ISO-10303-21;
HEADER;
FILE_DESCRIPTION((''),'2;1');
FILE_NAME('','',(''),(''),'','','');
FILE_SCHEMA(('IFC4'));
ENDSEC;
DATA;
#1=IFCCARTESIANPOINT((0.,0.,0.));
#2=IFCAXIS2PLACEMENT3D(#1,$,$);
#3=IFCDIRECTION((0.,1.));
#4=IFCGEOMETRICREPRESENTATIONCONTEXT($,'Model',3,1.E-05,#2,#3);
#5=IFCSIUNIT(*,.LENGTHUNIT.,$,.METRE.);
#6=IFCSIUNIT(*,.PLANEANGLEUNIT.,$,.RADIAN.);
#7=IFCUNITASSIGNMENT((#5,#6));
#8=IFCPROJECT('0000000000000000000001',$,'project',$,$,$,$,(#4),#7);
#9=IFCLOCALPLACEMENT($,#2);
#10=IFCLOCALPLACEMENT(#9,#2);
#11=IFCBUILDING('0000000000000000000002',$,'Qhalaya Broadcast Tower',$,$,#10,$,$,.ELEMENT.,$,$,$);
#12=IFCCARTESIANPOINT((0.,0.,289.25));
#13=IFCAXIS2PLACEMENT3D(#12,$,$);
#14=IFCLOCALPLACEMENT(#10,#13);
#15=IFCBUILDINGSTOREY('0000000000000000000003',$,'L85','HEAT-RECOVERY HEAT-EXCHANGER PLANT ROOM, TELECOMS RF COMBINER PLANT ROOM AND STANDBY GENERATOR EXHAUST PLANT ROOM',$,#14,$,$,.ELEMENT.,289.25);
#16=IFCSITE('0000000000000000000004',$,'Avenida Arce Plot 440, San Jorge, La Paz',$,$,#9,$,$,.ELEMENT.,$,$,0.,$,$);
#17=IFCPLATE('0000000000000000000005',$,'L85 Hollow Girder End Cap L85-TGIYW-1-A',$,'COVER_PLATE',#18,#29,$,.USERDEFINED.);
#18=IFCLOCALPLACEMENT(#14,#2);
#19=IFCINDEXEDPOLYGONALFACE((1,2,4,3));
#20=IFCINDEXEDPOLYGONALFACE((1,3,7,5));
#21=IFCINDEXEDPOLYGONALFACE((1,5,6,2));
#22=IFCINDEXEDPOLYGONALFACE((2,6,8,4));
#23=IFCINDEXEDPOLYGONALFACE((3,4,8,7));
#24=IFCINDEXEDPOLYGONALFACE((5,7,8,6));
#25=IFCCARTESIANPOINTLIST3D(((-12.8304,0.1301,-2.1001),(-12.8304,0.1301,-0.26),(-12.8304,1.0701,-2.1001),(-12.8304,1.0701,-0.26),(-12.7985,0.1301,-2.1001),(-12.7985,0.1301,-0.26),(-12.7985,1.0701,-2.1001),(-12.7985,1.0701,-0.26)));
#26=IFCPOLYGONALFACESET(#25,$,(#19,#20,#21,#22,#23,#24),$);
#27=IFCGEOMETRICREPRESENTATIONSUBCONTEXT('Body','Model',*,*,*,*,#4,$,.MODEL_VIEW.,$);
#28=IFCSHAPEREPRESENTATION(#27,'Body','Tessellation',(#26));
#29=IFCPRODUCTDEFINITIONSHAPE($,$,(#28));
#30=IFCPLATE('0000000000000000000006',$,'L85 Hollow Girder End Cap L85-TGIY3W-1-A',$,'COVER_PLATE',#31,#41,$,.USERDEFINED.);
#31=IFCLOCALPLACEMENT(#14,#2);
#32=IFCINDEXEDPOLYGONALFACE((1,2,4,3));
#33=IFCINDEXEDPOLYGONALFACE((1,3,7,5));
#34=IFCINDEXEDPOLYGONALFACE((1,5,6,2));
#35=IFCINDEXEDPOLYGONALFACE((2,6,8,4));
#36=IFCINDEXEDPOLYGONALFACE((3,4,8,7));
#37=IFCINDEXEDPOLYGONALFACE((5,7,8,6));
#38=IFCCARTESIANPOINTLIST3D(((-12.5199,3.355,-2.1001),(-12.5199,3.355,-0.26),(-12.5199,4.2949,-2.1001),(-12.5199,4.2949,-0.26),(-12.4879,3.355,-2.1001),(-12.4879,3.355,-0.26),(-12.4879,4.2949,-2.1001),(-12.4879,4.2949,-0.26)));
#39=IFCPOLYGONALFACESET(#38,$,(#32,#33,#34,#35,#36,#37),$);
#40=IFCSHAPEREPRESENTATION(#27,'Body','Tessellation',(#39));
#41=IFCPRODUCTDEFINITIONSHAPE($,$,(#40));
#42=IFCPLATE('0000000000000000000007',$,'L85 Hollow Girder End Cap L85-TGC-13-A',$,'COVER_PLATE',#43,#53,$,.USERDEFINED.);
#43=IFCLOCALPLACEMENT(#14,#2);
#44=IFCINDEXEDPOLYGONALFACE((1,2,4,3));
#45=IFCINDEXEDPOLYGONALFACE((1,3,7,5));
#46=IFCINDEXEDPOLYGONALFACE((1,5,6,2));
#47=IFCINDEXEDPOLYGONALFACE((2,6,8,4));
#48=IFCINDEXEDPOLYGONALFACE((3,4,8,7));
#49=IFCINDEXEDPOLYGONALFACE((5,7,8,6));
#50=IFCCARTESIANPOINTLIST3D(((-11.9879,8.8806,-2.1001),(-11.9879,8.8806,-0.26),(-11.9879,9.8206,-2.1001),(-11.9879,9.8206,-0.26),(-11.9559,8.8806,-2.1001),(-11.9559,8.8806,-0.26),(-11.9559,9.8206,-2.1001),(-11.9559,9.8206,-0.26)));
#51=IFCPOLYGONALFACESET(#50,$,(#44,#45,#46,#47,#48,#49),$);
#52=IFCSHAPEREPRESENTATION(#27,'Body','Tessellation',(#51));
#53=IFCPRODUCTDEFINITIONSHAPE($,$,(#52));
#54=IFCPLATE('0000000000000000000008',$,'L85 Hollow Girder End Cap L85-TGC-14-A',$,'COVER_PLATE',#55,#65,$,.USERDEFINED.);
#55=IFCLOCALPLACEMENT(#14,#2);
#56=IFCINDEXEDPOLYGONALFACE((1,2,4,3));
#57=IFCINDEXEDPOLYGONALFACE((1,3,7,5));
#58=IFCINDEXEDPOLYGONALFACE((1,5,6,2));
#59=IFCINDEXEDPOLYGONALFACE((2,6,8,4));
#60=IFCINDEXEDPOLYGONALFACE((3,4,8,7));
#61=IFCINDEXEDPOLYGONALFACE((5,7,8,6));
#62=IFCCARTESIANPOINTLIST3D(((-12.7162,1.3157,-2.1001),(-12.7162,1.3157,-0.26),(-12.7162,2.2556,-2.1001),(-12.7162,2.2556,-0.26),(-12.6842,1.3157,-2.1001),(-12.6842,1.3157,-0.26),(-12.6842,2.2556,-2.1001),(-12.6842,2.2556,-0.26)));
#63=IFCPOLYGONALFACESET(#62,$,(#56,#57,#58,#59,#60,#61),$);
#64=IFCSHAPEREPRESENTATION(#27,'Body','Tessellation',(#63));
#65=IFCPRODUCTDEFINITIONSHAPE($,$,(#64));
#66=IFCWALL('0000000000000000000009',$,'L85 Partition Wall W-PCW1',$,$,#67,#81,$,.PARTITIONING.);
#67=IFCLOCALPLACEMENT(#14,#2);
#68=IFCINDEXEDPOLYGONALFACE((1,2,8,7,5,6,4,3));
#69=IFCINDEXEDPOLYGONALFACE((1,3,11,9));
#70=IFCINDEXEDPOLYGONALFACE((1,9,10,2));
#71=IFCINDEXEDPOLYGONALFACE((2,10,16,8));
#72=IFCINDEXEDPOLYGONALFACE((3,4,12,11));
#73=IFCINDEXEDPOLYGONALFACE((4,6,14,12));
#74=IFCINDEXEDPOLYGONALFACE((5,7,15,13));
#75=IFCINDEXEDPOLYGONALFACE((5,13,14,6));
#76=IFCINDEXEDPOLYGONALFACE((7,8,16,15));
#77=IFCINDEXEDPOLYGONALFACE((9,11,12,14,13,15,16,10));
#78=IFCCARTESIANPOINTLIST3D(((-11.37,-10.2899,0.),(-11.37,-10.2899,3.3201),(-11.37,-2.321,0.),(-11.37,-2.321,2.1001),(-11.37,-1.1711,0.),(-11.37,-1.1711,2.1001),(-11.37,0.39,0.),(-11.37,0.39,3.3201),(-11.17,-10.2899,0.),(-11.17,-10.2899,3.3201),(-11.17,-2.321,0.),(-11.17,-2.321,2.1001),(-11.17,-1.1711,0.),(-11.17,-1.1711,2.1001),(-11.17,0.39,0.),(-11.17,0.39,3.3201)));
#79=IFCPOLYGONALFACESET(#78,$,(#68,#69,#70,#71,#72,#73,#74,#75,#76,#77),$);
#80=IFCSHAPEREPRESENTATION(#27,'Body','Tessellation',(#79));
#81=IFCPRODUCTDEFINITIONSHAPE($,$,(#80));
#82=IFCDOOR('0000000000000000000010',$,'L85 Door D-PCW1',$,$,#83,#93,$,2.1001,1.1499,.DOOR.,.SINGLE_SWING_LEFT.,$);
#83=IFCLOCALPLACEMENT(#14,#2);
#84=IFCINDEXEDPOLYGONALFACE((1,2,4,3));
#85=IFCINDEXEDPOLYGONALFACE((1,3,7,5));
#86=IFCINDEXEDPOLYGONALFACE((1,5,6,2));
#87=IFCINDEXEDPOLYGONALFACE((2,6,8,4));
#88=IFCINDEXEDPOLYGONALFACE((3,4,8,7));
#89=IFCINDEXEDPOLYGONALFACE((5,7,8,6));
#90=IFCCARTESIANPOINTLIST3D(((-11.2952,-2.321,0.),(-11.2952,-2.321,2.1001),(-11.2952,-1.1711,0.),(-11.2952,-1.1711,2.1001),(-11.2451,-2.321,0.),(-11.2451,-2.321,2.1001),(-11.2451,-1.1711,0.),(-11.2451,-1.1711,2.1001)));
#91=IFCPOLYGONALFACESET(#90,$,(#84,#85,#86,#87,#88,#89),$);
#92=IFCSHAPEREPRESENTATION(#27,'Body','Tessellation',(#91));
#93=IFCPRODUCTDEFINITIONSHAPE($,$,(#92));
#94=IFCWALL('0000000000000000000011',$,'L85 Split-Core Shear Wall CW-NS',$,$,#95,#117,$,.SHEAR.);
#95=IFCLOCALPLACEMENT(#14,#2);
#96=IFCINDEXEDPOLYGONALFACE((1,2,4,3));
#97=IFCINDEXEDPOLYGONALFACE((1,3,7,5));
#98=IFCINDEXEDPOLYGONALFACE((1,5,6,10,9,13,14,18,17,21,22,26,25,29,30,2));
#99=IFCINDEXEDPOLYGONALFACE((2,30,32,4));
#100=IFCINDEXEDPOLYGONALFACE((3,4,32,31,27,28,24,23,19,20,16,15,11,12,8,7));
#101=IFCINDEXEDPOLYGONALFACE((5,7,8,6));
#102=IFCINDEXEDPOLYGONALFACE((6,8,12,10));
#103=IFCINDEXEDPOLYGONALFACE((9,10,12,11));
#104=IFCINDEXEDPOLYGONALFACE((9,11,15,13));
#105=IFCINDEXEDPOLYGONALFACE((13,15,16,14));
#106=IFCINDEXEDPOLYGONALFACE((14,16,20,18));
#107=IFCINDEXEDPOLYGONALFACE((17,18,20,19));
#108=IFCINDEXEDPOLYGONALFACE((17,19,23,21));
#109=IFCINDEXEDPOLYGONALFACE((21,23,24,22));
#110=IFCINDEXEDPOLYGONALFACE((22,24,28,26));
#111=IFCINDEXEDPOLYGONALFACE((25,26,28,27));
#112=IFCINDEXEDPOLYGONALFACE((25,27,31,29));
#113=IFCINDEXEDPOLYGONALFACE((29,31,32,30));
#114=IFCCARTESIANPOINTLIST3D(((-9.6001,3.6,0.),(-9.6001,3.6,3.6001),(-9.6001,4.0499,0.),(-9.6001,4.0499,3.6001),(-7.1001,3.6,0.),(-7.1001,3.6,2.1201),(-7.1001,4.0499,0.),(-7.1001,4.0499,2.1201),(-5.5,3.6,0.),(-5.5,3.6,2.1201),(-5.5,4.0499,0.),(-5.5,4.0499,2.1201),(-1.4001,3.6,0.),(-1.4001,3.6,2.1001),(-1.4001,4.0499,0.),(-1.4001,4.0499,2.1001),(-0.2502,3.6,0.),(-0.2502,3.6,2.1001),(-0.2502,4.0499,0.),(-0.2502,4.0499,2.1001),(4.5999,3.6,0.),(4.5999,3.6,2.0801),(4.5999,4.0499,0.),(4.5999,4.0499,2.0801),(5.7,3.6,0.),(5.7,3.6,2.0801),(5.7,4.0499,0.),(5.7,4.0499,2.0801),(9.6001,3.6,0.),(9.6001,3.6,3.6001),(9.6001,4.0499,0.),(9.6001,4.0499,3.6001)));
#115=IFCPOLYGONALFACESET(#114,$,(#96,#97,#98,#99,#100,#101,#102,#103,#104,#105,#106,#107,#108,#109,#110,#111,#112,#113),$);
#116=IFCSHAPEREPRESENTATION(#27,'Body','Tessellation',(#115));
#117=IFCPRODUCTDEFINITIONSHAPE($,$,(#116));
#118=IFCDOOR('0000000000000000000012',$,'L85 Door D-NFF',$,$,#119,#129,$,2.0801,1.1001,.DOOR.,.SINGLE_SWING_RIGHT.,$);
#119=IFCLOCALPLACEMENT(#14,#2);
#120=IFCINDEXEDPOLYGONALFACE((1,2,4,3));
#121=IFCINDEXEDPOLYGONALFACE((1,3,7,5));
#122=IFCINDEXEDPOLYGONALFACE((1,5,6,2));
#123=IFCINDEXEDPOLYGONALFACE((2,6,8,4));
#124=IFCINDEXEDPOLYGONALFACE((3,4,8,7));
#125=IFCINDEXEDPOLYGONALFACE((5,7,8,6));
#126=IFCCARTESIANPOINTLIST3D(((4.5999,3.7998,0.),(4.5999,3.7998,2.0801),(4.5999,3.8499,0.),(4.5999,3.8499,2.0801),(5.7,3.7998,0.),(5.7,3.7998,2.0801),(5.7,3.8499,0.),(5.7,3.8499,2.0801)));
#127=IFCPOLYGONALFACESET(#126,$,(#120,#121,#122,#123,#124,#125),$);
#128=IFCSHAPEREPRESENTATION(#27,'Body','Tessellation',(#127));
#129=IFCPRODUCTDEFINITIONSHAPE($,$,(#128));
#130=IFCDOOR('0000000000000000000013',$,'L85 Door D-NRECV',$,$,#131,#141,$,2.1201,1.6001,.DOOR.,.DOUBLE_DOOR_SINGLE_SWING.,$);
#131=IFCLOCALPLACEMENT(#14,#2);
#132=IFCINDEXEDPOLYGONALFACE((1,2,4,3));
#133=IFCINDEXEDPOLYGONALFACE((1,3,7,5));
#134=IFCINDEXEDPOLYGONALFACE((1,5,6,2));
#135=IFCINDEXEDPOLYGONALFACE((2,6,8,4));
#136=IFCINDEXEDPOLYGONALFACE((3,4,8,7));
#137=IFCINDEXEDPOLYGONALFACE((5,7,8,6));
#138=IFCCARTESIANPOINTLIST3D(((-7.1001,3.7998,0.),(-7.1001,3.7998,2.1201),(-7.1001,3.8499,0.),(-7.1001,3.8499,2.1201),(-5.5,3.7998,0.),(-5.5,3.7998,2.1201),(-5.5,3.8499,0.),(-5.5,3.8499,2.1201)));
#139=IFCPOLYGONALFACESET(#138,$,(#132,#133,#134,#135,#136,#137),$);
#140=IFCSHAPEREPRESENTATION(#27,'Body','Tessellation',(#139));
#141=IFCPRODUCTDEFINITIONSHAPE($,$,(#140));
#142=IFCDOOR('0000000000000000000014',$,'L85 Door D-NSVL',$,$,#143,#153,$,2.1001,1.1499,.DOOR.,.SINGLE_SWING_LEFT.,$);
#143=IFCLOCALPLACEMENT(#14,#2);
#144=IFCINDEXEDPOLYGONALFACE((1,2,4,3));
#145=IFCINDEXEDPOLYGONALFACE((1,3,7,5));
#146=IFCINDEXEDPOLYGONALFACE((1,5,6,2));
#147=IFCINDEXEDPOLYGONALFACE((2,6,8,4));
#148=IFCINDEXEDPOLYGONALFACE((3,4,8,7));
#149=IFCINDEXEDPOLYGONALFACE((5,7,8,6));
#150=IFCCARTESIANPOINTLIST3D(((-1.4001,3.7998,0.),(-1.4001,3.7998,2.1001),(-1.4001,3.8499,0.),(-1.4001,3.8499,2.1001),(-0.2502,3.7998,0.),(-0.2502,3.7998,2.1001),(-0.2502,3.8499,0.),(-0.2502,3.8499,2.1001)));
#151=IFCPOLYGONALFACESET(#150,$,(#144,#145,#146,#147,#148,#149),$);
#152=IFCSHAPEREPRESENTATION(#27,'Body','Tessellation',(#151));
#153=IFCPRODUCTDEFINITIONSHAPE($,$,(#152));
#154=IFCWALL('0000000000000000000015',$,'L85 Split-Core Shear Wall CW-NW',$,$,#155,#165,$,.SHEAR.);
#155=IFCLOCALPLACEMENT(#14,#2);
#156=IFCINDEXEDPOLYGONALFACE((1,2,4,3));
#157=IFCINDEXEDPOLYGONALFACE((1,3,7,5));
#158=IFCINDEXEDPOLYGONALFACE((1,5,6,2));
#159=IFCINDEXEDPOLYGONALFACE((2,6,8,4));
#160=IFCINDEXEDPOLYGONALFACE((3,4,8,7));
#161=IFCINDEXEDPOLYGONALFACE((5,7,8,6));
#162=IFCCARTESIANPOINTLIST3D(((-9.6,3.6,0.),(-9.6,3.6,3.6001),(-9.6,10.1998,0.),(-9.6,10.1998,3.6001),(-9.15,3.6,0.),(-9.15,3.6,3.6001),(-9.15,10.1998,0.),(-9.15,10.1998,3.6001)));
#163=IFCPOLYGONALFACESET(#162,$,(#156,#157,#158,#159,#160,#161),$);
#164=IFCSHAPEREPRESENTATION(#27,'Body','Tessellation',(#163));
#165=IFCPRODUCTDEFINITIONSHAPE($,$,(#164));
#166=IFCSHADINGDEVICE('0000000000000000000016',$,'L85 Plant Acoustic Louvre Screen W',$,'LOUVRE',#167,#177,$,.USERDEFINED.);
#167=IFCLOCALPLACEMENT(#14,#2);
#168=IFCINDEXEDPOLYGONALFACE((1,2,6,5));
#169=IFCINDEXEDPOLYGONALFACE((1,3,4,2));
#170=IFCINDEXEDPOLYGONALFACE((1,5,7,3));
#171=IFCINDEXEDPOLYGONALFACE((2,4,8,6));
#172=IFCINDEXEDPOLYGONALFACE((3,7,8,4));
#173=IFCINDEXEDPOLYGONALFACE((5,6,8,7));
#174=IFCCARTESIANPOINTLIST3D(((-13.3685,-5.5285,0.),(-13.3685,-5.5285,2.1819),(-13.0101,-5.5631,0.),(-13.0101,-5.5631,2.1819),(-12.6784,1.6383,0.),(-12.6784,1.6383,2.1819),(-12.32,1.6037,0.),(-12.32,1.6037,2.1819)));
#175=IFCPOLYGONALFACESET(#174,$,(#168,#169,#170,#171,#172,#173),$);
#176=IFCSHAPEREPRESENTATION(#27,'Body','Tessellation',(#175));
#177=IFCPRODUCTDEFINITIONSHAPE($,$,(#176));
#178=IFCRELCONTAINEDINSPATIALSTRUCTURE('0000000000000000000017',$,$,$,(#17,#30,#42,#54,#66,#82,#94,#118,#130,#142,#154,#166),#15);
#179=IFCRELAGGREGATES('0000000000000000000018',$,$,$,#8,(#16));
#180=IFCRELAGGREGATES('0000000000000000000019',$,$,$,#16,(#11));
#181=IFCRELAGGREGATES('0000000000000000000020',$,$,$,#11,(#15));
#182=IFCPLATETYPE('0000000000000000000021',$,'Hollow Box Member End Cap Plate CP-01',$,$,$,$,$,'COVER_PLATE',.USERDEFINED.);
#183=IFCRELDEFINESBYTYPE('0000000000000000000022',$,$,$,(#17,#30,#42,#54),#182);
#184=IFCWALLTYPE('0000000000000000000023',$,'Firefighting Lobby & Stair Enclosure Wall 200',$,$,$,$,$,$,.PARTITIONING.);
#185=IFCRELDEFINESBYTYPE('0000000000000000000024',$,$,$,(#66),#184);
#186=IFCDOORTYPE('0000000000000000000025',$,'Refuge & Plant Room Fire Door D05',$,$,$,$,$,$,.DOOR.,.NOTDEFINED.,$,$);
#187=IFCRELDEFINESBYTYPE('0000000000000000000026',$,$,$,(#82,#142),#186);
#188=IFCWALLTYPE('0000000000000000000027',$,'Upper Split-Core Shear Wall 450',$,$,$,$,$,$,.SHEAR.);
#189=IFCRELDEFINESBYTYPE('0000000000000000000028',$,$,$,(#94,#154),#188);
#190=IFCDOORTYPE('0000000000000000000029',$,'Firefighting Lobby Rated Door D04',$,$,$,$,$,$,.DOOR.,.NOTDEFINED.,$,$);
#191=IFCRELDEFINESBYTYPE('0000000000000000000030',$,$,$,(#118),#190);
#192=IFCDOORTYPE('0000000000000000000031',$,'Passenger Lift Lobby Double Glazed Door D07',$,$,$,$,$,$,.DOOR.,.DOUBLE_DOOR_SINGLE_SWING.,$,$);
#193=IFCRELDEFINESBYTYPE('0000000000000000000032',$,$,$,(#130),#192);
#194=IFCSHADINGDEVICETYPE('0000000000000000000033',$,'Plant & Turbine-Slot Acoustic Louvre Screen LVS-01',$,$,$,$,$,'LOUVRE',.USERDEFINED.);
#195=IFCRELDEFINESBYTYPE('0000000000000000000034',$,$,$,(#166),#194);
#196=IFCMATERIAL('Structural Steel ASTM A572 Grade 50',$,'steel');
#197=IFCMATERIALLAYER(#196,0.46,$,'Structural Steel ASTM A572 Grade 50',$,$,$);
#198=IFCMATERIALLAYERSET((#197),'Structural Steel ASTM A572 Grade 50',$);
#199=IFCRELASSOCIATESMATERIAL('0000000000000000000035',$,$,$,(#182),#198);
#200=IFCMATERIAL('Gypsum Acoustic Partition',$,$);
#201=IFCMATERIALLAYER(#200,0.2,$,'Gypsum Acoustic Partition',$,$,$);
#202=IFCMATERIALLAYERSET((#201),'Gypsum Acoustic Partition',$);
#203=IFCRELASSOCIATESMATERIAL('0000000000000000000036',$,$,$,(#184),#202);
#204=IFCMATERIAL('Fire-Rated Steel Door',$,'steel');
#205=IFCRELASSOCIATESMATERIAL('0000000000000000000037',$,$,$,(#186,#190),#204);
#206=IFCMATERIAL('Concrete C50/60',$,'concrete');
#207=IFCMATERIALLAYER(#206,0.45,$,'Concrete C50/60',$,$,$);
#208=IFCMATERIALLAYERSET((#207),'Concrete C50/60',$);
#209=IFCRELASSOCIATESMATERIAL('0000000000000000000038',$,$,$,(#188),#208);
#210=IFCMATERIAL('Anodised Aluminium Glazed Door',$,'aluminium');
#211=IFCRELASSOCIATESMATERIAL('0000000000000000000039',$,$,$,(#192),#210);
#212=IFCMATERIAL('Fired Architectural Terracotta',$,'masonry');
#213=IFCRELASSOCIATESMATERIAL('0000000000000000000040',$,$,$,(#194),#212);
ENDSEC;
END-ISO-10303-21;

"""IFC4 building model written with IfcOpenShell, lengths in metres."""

from ifc_helpers import new_model, si_unit, direction, frame, frame_2d, origin, origin_2d, place, context, subcontext, project, spatial, rectangle, extrude, material, layer, layer_set, type_object, element, fill, save


model = new_model("IFC4")

# Units and contexts
model_context = context("Model", 3, precision=1e-05, world=origin(), true_north=direction((0.0, 1.0)))
body_context = subcontext(model_context, "Body", "Model", "MODEL_VIEW")
ifc_project = project(units=[si_unit("LENGTHUNIT", "METRE"), si_unit("PLANEANGLEUNIT", "RADIAN")], contexts=[model_context])

# Site, building, storey
site_placement = place(None, origin())
site = spatial("IfcSite", under=ifc_project, at=site_placement, Name="Avenida Arce Plot 440, San Jorge, La Paz", CompositionType="ELEMENT", RefElevation=0.0)
building_placement = place(site_placement, origin())
building = spatial("IfcBuilding", under=site, at=building_placement, Name="Qhalaya Broadcast Tower", CompositionType="ELEMENT")
storey_placement = place(building_placement, frame((0.0, 0.0, 289.25)))
storey = spatial("IfcBuildingStorey", under=building, at=storey_placement, Name="L85", Description="HEAT-RECOVERY HEAT-EXCHANGER PLANT ROOM, TELECOMS RF COMBINER PLANT ROOM AND STANDBY GENERATOR EXHAUST PLANT ROOM", CompositionType="ELEMENT", Elevation=289.25)

# Shared definitions
ifc_material_1 = material(Name="Concrete C50/60", Category="concrete")

# Shared definitions
ifc_material_2 = material(Name="Structural Steel ASTM A572 Grade 50", Category="steel")

# Plates
ifc_layer_1 = layer(ifc_material_2, 0.46, Name="Structural Steel ASTM A572 Grade 50")
ifc_layer_set_1 = layer_set([ifc_layer_1], Name="Structural Steel ASTM A572 Grade 50")
plate_type = type_object("IfcPlateType", Name="Hollow Box Member End Cap Plate CP-01", ElementType="COVER_PLATE", PredefinedType="USERDEFINED", material=ifc_layer_set_1)
for number, where, z_axis, x_axis, name in (
    (1, (-12.8145, 0.6001, -2.1001), (0.0, 0.0, 1.0), (0.0, 1.0, 0.0), "L85 Hollow Girder End Cap L85-TGIYW-1-A"),
    (2, (-12.5039, 3.825, -2.1001), (0.0, 0.0, 1.0), (0.0, 1.0, 0.0), "L85 Hollow Girder End Cap L85-TGIY3W-1-A"),
    (3, (-11.9719, 9.3506, -2.1001), (0.0, 0.0, 1.0), (0.0, 1.0, 0.0), "L85 Hollow Girder End Cap L85-TGC-13-A"),
    (4, (-12.7002, 1.7856, -2.1001), (0.0, 0.0, 1.0), (0.0, 1.0, 0.0), "L85 Hollow Girder End Cap L85-TGC-14-A"),
):
    element("IfcPlate", number, at=place(storey_placement, frame(where, z_axis=z_axis, x_axis=x_axis)), inside=storey, type_object=plate_type, Name=name, ObjectType="COVER_PLATE", PredefinedType="USERDEFINED", context=body_context, shape_type="SweptSolid", body=[
        extrude(rectangle(XDim=0.9399, YDim=0.032, at=origin_2d()), origin(), (0.0, 0.0, 1.0), 1.8401),
    ])

# Wall, opening, door
ifc_material_3 = material(Name="Gypsum Acoustic Partition")
ifc_layer_2 = layer(ifc_material_3, 0.2, Name="Gypsum Acoustic Partition")
ifc_layer_set_2 = layer_set([ifc_layer_2], Name="Gypsum Acoustic Partition")
wall_type_1 = type_object("IfcWallType", Name="Firefighting Lobby & Stair Enclosure Wall 200", PredefinedType="PARTITIONING", material=ifc_layer_set_2)
wall_1_placement = place(storey_placement, frame((-11.27, 0.3899, 0.0), z_axis=(0.0, 0.0, 1.0), x_axis=(0.0, -1.0, 0.0)))
wall_1 = element("IfcWall", 5, at=wall_1_placement, inside=storey, type_object=wall_type_1, Name="L85 Partition Wall W-PCW1", PredefinedType="PARTITIONING", context=body_context, shape_type="SweptSolid", body=[
    extrude(rectangle(XDim=10.6799, YDim=0.2, at=frame_2d((5.3398, 0.0))), origin(), (0.0, 0.0, 1.0), 3.3201),
])
opening_1_placement = place(wall_1_placement, frame((1.561, 0.0, 0.0)))
opening_1 = element("IfcOpeningElement", 6, at=opening_1_placement, cuts=wall_1, PredefinedType="OPENING", context=body_context, shape_type="SweptSolid", body=[
    extrude(rectangle(XDim=1.1499, YDim=2.1001, at=frame_2d((0.575, 1.05))), frame((0.0, 0.1121, 0.0), z_axis=(0.0, -1.0, 0.0), x_axis=(1.0, 0.0, 0.0)), (0.0, 0.0, 1.0), 0.2239),
])
ifc_material_4 = material(Name="Fire-Rated Steel Door", Category="steel")
door_type_1 = type_object("IfcDoorType", Name="Refuge & Plant Room Fire Door D05", OperationType="NOTDEFINED", PredefinedType="DOOR", material=ifc_material_4)
door_1_placement = place(opening_1_placement, origin())
door_1 = element("IfcDoor", 7, at=door_1_placement, inside=storey, type_object=door_type_1, Name="L85 Door D-PCW1", OperationType="SINGLE_SWING_LEFT", OverallHeight=2.1001, OverallWidth=1.1499, PredefinedType="DOOR", context=body_context, shape_type="SweptSolid", body=[
    extrude(rectangle(XDim=1.1499, YDim=2.1001, at=frame_2d((0.575, 1.05))), frame((0.0, 0.0249, 0.0), z_axis=(0.0, -1.0, 0.0), x_axis=(1.0, 0.0, 0.0)), (0.0, 0.0, 1.0), 0.05),
])
fill(opening_1, door_1)

# Wall, openings, doors
ifc_layer_3 = layer(ifc_material_1, 0.45, Name="Concrete C50/60")
ifc_layer_set_3 = layer_set([ifc_layer_3], Name="Concrete C50/60")
wall_type_2 = type_object("IfcWallType", Name="Upper Split-Core Shear Wall 450", PredefinedType="SHEAR", material=ifc_layer_set_3)
wall_2_placement = place(storey_placement, frame((-9.6001, 3.825, 0.0), z_axis=(0.0, 0.0, 1.0), x_axis=(1.0, 0.0, 0.0)))
wall_2 = element("IfcWall", 8, at=wall_2_placement, inside=storey, type_object=wall_type_2, Name="L85 Split-Core Shear Wall CW-NS", PredefinedType="SHEAR", context=body_context, shape_type="SweptSolid", body=[
    extrude(rectangle(XDim=19.2002, YDim=0.45, at=frame_2d((9.6001, 0.0))), origin(), (0.0, 0.0, 1.0), 3.6001),
])
opening_2_placement = place(wall_2_placement, frame((14.2, 0.0, 0.0)))
opening_2 = element("IfcOpeningElement", 9, at=opening_2_placement, cuts=wall_2, PredefinedType="OPENING", context=body_context, shape_type="SweptSolid", body=[
    extrude(rectangle(XDim=1.1001, YDim=2.0801, at=frame_2d((0.55, 1.04))), frame((0.0, 0.2371, 0.0), z_axis=(0.0, -1.0, 0.0), x_axis=(1.0, 0.0, 0.0)), (0.0, 0.0, 1.0), 0.4739),
])
opening_3_placement = place(wall_2_placement, frame((8.2, 0.0, 0.0)))
opening_3 = element("IfcOpeningElement", 10, at=opening_3_placement, cuts=wall_2, PredefinedType="OPENING", context=body_context, shape_type="SweptSolid", body=[
    extrude(rectangle(XDim=1.1499, YDim=2.1001, at=frame_2d((0.575, 1.05))), frame((0.0, 0.2371, 0.0), z_axis=(0.0, -1.0, 0.0), x_axis=(1.0, 0.0, 0.0)), (0.0, 0.0, 1.0), 0.4739),
])
opening_4_placement = place(wall_2_placement, frame((2.5, 0.0, 0.0)))
opening_4 = element("IfcOpeningElement", 11, at=opening_4_placement, cuts=wall_2, PredefinedType="OPENING", context=body_context, shape_type="SweptSolid", body=[
    extrude(rectangle(XDim=1.6001, YDim=2.1201, at=frame_2d((0.8, 1.0601))), frame((0.0, 0.2371, 0.0), z_axis=(0.0, -1.0, 0.0), x_axis=(1.0, 0.0, 0.0)), (0.0, 0.0, 1.0), 0.4739),
])
door_type_2 = type_object("IfcDoorType", Name="Firefighting Lobby Rated Door D04", OperationType="NOTDEFINED", PredefinedType="DOOR", material=ifc_material_4)
door_2_placement = place(opening_2_placement, origin())
door_2 = element("IfcDoor", 12, at=door_2_placement, inside=storey, type_object=door_type_2, Name="L85 Door D-NFF", OperationType="SINGLE_SWING_RIGHT", OverallHeight=2.0801, OverallWidth=1.1001, PredefinedType="DOOR", context=body_context, shape_type="SweptSolid", body=[
    extrude(rectangle(XDim=1.1001, YDim=2.0801, at=frame_2d((0.55, 1.04))), frame((0.0, 0.0249, 0.0), z_axis=(0.0, -1.0, 0.0), x_axis=(1.0, 0.0, 0.0)), (0.0, 0.0, 1.0), 0.05),
])
fill(opening_2, door_2)
ifc_material_5 = material(Name="Anodised Aluminium Glazed Door", Category="aluminium")
door_type_3 = type_object("IfcDoorType", Name="Passenger Lift Lobby Double Glazed Door D07", OperationType="DOUBLE_DOOR_SINGLE_SWING", PredefinedType="DOOR", material=ifc_material_5)
door_3_placement = place(opening_4_placement, origin())
door_3 = element("IfcDoor", 13, at=door_3_placement, inside=storey, type_object=door_type_3, Name="L85 Door D-NRECV", OperationType="DOUBLE_DOOR_SINGLE_SWING", OverallHeight=2.1201, OverallWidth=1.6001, PredefinedType="DOOR", context=body_context, shape_type="SweptSolid", body=[
    extrude(rectangle(XDim=1.6001, YDim=2.1201, at=frame_2d((0.8, 1.0601))), frame((0.0, 0.0249, 0.0), z_axis=(0.0, -1.0, 0.0), x_axis=(1.0, 0.0, 0.0)), (0.0, 0.0, 1.0), 0.05),
])
fill(opening_4, door_3)
door_4_placement = place(opening_3_placement, origin())
door_4 = element("IfcDoor", 14, at=door_4_placement, inside=storey, type_object=door_type_1, Name="L85 Door D-NSVL", OperationType="SINGLE_SWING_LEFT", OverallHeight=2.1001, OverallWidth=1.1499, PredefinedType="DOOR", context=body_context, shape_type="SweptSolid", body=[
    extrude(rectangle(XDim=1.1499, YDim=2.1001, at=frame_2d((0.575, 1.05))), frame((0.0, 0.0249, 0.0), z_axis=(0.0, -1.0, 0.0), x_axis=(1.0, 0.0, 0.0)), (0.0, 0.0, 1.0), 0.05),
])
fill(opening_3, door_4)

# Wall
wall_3_placement = place(storey_placement, frame((-9.375, 3.6001, 0.0), z_axis=(0.0, 0.0, 1.0), x_axis=(0.0, 1.0, 0.0)))
element("IfcWall", 15, at=wall_3_placement, inside=storey, type_object=wall_type_2, Name="L85 Split-Core Shear Wall CW-NW", PredefinedType="SHEAR", context=body_context, shape_type="SweptSolid", body=[
    extrude(rectangle(XDim=6.5999, YDim=0.45, at=frame_2d((3.2998, 0.0))), origin(), (0.0, 0.0, 1.0), 3.6001),
])

# Shading device
ifc_material_6 = material(Name="Fired Architectural Terracotta", Category="masonry")
shading_device_type = type_object("IfcShadingDeviceType", Name="Plant & Turbine-Slot Acoustic Louvre Screen LVS-01", ElementType="LOUVRE", PredefinedType="USERDEFINED", material=ifc_material_6)
shading_device_placement = place(storey_placement, frame((-12.8442, -1.9624, 0.0), z_axis=(0.0, 0.0, 1.0), x_axis=(0.095846, 0.995396, 0.0)))
element("IfcShadingDevice", 16, at=shading_device_placement, inside=storey, type_object=shading_device_type, Name="L85 Plant Acoustic Louvre Screen W", ObjectType="LOUVRE", PredefinedType="USERDEFINED", context=body_context, shape_type="SweptSolid", body=[
    extrude(rectangle(XDim=7.2, YDim=0.3601, at=origin_2d()), origin(), (0.0, 0.0, 1.0), 2.1819),
])

save(model, "model.ifc")
